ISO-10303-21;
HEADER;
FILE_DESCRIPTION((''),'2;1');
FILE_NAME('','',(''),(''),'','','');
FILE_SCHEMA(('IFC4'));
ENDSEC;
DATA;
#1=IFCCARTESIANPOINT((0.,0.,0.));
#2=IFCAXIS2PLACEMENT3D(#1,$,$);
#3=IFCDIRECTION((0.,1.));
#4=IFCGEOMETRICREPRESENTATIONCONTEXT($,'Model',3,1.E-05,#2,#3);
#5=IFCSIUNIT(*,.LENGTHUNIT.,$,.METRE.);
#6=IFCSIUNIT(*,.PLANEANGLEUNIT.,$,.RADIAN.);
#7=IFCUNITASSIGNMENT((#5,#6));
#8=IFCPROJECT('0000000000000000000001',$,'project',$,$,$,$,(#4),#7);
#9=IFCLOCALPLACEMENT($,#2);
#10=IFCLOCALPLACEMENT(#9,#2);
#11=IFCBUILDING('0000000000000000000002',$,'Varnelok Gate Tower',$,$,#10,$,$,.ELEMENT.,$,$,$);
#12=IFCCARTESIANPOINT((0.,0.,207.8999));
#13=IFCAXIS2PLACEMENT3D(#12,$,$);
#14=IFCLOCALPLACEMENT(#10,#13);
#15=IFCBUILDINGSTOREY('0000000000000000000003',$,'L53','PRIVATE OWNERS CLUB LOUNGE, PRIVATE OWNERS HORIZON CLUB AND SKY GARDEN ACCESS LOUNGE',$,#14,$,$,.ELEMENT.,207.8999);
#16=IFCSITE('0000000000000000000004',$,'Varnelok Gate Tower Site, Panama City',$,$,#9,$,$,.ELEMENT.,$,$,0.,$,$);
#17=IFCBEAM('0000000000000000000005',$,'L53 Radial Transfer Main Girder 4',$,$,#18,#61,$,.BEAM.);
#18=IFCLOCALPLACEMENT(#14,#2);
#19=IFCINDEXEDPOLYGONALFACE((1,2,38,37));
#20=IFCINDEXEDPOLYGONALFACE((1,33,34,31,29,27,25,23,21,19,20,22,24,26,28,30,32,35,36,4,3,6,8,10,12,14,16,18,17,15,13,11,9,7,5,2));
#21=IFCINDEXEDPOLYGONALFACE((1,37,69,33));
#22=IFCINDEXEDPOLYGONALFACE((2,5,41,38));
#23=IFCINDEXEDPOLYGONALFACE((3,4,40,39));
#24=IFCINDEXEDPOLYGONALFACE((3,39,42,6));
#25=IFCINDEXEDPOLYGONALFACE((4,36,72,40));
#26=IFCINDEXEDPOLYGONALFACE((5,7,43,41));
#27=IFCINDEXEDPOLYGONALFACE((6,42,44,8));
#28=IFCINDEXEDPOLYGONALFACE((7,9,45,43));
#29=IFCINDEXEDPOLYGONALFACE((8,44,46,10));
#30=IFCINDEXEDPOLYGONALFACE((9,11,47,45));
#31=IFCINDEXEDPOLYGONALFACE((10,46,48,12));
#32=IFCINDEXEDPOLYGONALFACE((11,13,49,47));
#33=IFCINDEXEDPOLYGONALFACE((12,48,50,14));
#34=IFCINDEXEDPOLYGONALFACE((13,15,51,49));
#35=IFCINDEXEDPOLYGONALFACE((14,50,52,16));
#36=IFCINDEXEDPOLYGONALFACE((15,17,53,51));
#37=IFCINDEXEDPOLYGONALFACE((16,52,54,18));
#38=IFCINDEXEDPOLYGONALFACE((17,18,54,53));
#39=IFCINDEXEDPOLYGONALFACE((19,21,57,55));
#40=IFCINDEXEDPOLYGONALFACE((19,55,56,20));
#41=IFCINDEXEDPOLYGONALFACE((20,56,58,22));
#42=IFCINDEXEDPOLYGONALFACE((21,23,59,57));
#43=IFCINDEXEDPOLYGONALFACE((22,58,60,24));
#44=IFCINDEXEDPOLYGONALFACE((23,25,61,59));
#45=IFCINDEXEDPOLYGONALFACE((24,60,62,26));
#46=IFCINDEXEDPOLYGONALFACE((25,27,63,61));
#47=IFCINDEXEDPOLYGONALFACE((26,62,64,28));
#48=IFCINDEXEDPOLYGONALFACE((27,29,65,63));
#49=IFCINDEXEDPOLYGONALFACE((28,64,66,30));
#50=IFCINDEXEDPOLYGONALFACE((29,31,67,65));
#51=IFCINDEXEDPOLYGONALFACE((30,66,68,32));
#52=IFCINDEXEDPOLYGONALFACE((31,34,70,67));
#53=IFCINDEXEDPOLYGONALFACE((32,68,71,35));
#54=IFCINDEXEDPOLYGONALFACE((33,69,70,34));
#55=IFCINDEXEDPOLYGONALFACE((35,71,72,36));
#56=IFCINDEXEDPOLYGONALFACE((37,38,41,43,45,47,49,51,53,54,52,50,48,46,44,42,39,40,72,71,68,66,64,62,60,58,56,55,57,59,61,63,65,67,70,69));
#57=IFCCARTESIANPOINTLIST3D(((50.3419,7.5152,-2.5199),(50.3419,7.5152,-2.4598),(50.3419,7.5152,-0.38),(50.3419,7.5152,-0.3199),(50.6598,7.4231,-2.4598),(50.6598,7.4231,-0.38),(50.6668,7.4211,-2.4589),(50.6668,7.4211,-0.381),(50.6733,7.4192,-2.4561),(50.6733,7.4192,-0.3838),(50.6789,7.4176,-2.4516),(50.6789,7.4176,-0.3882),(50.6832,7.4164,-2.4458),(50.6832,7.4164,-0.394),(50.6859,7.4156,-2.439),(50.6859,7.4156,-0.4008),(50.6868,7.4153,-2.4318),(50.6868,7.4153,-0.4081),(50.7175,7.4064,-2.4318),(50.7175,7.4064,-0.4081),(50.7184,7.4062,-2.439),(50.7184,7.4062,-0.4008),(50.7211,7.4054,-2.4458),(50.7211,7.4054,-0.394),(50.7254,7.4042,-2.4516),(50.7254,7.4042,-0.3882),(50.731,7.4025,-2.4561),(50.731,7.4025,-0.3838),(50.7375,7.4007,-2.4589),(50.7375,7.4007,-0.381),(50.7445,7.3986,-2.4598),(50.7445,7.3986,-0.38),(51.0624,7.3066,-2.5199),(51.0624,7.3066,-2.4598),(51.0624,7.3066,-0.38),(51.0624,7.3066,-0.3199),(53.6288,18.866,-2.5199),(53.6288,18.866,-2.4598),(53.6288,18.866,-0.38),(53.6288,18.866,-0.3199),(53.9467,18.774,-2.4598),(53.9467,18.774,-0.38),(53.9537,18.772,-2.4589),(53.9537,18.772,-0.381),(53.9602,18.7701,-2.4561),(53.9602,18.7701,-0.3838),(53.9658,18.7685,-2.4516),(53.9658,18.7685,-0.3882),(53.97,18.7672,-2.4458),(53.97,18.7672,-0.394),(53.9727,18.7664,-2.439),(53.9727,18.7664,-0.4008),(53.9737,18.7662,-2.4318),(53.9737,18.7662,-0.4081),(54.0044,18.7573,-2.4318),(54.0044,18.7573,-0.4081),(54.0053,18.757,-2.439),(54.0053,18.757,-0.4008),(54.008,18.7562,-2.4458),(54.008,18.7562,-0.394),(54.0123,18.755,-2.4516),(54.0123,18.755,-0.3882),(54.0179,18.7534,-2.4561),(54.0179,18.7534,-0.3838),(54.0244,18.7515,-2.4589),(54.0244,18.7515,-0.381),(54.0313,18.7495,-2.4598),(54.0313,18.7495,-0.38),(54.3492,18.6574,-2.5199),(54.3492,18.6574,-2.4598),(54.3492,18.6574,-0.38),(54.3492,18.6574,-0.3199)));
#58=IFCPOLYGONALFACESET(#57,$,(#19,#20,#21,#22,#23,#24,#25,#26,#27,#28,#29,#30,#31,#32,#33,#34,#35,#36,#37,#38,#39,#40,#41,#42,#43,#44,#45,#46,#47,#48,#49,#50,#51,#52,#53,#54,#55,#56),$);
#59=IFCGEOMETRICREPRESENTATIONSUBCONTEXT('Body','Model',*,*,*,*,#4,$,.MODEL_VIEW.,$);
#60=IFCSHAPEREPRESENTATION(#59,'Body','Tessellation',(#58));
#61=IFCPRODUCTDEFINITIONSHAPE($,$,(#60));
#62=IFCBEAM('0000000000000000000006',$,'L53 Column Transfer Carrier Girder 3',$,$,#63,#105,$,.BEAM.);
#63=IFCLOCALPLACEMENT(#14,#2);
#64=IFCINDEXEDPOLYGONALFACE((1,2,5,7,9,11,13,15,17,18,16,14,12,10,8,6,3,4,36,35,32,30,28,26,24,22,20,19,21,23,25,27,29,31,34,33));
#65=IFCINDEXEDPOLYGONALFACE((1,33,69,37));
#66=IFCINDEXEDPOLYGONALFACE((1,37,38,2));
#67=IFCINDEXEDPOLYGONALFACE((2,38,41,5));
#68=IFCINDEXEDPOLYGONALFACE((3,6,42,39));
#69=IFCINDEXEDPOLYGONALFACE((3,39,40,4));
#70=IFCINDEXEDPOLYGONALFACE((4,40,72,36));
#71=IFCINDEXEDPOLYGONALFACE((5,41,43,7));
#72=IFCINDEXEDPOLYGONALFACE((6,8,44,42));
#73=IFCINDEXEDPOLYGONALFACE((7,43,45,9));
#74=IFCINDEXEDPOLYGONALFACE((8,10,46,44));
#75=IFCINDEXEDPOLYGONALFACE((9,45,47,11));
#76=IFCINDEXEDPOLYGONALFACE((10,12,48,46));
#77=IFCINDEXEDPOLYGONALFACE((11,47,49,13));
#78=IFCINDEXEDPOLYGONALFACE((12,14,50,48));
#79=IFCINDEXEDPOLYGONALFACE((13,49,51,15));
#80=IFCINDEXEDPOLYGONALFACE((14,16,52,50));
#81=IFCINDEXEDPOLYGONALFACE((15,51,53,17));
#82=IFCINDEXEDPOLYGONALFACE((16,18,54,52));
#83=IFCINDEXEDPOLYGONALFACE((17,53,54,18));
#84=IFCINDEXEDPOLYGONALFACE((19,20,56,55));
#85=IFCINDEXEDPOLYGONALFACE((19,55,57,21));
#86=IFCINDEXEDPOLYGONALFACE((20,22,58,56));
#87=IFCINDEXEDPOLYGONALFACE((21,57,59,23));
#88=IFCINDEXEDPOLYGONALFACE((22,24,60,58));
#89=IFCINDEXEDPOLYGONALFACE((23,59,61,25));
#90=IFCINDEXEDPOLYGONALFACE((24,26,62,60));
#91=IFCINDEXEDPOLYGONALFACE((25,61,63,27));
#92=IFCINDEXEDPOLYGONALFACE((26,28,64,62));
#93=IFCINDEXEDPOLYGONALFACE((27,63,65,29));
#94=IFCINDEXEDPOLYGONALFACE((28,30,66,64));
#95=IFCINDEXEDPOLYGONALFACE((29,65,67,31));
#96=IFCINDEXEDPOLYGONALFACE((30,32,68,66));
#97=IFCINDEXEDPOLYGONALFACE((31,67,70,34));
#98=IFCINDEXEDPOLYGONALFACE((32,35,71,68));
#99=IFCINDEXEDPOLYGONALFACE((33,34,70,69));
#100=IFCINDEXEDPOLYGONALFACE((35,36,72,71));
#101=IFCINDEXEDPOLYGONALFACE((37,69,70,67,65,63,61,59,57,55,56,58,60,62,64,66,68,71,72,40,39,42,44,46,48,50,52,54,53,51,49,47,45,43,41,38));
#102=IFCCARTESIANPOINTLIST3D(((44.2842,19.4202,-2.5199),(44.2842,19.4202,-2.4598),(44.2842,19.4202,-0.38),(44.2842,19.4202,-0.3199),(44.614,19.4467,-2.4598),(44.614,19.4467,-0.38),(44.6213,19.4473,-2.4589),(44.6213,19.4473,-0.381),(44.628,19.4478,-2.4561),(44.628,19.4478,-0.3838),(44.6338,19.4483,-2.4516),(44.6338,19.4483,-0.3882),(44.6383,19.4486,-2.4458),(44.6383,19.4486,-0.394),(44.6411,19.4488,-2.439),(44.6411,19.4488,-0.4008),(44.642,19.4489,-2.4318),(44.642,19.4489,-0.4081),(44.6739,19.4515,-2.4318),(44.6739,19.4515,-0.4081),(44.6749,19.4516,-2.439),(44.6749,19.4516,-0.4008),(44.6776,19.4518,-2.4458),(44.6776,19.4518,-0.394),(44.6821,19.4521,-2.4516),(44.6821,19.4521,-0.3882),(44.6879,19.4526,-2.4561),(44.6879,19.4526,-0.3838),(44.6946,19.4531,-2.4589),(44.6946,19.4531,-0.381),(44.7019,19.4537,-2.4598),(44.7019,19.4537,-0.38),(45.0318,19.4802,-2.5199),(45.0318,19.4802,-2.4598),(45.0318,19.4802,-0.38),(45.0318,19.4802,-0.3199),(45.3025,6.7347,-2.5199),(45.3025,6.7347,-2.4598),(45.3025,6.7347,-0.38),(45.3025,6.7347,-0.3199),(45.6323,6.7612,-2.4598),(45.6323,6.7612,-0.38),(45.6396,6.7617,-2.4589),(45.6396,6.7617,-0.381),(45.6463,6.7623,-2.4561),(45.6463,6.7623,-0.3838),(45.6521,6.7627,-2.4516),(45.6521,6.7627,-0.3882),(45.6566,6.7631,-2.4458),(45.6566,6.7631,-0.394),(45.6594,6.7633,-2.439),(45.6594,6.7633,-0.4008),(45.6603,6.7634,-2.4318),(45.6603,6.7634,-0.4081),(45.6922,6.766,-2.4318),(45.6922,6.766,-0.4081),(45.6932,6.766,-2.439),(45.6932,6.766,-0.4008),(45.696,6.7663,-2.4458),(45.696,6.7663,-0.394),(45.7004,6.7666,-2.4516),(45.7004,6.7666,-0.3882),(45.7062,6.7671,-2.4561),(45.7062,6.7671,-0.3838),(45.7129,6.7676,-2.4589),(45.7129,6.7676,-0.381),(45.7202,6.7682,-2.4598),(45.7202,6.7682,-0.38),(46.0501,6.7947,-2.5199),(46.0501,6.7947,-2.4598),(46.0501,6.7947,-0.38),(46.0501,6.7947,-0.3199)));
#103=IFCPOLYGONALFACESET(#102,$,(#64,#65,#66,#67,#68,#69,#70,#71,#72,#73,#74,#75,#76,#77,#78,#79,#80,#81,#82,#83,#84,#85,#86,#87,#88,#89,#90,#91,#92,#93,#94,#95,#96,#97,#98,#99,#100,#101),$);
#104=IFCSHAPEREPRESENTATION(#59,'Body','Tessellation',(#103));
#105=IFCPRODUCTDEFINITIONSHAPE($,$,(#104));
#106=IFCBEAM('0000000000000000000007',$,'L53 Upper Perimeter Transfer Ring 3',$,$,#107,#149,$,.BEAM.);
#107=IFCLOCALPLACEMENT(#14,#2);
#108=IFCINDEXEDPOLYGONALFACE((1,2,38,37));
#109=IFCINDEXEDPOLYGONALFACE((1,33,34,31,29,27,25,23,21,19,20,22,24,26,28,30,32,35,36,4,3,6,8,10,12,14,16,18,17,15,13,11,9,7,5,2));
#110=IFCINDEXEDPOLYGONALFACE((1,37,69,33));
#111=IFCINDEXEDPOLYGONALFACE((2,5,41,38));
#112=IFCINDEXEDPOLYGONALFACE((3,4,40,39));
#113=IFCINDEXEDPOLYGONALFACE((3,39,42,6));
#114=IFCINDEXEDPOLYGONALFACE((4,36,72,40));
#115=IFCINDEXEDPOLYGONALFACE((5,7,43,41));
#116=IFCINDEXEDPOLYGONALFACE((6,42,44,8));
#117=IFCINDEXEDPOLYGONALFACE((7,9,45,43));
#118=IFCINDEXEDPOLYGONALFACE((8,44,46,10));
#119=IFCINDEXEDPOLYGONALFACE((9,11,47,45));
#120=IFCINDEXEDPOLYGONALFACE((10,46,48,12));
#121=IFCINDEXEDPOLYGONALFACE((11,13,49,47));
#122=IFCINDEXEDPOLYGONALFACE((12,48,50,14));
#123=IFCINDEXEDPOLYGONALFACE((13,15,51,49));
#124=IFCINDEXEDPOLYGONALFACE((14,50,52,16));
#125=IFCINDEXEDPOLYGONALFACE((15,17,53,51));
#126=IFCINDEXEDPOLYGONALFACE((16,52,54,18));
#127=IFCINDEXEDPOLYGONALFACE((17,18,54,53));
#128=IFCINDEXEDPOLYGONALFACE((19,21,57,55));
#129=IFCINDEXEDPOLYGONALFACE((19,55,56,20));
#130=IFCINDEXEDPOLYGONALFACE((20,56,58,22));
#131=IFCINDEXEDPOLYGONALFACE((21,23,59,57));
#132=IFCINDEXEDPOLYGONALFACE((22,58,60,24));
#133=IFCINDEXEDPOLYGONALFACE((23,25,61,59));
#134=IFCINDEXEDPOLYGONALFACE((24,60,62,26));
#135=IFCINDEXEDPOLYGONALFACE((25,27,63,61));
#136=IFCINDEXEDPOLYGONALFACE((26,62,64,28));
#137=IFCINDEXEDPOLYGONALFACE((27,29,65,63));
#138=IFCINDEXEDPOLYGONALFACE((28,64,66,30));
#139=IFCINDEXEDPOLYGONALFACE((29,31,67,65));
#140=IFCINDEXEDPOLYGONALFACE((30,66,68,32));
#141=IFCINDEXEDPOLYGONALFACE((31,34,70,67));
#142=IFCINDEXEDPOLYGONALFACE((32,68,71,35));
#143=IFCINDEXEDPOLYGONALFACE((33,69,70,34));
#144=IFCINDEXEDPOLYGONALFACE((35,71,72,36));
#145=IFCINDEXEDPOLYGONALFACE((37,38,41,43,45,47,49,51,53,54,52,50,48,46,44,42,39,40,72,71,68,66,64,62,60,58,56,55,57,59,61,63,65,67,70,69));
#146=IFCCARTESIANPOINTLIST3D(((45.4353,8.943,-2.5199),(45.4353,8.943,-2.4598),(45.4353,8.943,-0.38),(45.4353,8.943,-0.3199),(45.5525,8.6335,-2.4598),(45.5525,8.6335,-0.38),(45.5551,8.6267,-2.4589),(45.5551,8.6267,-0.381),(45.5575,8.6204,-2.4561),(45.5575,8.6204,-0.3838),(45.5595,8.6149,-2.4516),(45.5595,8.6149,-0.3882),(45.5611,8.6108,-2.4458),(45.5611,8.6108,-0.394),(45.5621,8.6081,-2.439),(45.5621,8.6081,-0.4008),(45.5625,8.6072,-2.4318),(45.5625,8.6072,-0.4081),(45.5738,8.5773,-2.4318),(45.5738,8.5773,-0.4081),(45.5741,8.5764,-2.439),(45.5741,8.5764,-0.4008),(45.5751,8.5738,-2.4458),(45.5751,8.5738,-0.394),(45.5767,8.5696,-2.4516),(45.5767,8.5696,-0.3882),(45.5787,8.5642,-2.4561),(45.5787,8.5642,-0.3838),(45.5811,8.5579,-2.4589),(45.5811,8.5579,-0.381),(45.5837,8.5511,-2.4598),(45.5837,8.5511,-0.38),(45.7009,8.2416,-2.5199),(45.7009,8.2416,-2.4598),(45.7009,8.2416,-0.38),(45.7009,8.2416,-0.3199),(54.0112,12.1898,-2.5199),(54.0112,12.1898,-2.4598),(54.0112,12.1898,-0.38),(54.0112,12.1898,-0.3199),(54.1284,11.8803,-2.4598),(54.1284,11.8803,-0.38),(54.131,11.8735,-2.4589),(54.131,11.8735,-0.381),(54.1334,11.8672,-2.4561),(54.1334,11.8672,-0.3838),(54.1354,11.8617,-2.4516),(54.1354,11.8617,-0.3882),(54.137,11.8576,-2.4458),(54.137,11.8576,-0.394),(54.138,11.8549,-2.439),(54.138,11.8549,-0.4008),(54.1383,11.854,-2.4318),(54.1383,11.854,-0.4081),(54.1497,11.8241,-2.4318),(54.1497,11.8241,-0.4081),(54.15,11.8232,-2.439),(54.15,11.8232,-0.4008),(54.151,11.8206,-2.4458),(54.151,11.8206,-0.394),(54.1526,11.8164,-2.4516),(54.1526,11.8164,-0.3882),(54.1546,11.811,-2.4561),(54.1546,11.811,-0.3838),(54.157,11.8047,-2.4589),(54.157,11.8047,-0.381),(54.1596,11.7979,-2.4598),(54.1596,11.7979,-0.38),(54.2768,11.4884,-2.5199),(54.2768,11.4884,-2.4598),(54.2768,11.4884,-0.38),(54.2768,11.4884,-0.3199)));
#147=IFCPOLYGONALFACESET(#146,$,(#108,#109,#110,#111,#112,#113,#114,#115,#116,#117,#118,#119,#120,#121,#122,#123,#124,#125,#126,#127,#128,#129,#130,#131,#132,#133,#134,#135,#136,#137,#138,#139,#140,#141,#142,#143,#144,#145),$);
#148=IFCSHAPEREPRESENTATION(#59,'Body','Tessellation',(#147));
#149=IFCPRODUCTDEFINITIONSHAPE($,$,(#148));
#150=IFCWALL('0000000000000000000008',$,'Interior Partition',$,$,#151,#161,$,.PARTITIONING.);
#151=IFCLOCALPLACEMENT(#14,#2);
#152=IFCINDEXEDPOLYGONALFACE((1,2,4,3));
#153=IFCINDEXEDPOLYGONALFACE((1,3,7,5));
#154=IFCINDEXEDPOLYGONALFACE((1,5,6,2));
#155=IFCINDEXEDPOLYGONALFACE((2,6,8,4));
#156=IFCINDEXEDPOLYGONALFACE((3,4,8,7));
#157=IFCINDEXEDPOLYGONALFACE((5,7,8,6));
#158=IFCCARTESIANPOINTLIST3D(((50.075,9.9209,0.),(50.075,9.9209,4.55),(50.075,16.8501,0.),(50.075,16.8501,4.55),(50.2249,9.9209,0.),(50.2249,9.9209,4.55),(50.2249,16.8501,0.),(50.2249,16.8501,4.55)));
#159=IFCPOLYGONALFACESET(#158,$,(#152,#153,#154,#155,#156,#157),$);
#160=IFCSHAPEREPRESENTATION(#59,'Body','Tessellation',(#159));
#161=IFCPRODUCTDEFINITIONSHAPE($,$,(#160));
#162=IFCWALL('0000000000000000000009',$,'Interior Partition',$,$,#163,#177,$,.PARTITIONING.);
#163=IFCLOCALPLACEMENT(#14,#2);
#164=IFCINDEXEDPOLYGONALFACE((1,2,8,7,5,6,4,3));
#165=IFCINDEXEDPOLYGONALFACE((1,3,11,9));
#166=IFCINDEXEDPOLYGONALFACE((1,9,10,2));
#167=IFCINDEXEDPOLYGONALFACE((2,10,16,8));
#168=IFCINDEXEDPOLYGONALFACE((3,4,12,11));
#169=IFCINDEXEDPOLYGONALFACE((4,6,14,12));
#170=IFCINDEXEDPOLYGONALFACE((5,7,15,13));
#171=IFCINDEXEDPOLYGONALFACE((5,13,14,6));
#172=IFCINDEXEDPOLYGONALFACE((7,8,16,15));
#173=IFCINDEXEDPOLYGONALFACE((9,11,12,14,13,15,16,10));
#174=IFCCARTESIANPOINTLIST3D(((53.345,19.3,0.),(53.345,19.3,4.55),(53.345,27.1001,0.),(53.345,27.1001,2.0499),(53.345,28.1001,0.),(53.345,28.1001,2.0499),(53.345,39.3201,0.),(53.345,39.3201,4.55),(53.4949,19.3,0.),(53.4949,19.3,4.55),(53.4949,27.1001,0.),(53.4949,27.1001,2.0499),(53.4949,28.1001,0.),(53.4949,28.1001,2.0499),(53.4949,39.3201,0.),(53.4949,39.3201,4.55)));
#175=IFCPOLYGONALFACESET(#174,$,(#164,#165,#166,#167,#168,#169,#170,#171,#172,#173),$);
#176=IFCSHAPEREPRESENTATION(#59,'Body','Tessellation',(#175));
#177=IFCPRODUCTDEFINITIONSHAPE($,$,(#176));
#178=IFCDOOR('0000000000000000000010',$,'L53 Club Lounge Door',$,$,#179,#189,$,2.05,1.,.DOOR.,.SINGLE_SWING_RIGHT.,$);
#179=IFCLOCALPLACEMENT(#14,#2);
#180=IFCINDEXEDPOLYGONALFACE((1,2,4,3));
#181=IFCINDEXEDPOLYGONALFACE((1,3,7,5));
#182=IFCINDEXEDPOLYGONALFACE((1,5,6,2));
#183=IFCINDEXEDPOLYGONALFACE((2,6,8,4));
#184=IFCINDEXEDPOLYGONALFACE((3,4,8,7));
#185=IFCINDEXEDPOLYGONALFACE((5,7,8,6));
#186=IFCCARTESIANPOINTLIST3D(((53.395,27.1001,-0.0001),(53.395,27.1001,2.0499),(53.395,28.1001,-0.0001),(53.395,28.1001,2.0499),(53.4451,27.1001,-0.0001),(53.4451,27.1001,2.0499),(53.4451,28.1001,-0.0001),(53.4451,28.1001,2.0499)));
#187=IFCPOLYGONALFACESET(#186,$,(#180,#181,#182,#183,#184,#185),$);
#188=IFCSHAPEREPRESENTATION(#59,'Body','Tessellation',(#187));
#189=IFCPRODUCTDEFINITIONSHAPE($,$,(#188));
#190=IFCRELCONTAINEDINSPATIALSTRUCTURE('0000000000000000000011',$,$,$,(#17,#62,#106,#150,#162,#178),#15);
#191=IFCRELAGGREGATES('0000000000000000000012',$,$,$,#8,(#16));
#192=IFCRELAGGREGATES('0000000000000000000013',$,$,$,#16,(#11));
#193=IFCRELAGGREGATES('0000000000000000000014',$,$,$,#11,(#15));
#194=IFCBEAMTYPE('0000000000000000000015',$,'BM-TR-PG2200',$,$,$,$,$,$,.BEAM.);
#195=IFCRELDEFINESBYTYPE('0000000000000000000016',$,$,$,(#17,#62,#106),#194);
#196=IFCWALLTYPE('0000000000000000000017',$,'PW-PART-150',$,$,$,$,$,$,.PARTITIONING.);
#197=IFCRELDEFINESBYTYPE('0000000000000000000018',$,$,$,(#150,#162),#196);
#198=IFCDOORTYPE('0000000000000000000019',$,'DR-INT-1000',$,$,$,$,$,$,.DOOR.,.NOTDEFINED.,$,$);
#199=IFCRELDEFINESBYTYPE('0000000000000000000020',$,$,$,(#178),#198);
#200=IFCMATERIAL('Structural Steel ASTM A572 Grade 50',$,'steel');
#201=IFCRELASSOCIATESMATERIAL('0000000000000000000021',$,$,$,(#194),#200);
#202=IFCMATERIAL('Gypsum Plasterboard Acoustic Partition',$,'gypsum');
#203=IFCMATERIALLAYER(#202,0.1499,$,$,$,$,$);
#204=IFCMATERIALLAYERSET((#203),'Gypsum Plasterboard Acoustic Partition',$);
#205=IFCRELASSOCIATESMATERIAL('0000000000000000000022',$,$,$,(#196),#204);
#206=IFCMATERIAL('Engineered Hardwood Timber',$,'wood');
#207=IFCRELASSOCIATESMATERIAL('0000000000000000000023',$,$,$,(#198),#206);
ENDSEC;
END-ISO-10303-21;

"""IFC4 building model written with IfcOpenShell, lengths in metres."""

from ifc_helpers import new_model, si_unit, direction, frame, frame_2d, origin, origin_2d, place, context, subcontext, project, spatial, rectangle, i_section, extrude, material, layer, layer_set, material_profile, profile_set, type_object, element, fill, save


model = new_model("IFC4")

# Units and contexts
model_context = context("Model", 3, precision=1e-05, world=origin(), true_north=direction((0.0, 1.0)))
body_context = subcontext(model_context, "Body", "Model", "MODEL_VIEW")
ifc_project = project(units=[si_unit("LENGTHUNIT", "METRE"), si_unit("PLANEANGLEUNIT", "RADIAN")], contexts=[model_context])

# Site, building, storey
site_placement = place(None, origin())
site = spatial("IfcSite", under=ifc_project, at=site_placement, Name="Varnelok Gate Tower Site, Panama City", CompositionType="ELEMENT", RefElevation=0.0)
building_placement = place(site_placement, origin())
building = spatial("IfcBuilding", under=site, at=building_placement, Name="Varnelok Gate Tower", CompositionType="ELEMENT")
storey_placement = place(building_placement, frame((0.0, 0.0, 207.8999)))
storey = spatial("IfcBuildingStorey", under=building, at=storey_placement, Name="L53", Description="PRIVATE OWNERS CLUB LOUNGE, PRIVATE OWNERS HORIZON CLUB AND SKY GARDEN ACCESS LOUNGE", CompositionType="ELEMENT", Elevation=207.8999)

# Beams
ifc_material_1 = material(Name="Structural Steel ASTM A572 Grade 50", Category="steel")
ifc_material_profile_1 = material_profile(ifc_material_1, i_section(OverallWidth=0.75, OverallDepth=2.2, WebThickness=0.032, FlangeThickness=0.0601, FilletRadius=0.0281, at=origin_2d()), Name="PG2200X750")
ifc_profile_set_1 = profile_set([ifc_material_profile_1], Name="Structural Steel ASTM A572 Grade 50")
beam_type_1 = type_object("IfcBeamType", Name="BM-TR-PG2200", PredefinedType="BEAM", material=ifc_profile_set_1)
beam_1_placement = place(storey_placement, frame((53.989, 18.7617, -1.4199), z_axis=(-0.278144, -0.960539, 0.0), x_axis=(0.960539, -0.278144, 0.0)))
element("IfcBeam", 1, at=beam_1_placement, inside=storey, type_object=beam_type_1, Name="L53 Radial Transfer Main Girder 4", PredefinedType="BEAM", context=body_context, shape_type="SweptSolid", body=[
    extrude(i_section(OverallWidth=0.75, OverallDepth=2.2, WebThickness=0.032, FlangeThickness=0.0601, FilletRadius=0.0281, at=origin_2d()), origin(), (0.0, 0.0, 1.0), 11.8171),
])
beam_2_placement = place(storey_placement, frame((44.658, 19.4502, -1.4199), z_axis=(0.080016, -0.996794, 0.0), x_axis=(0.996794, 0.080016, 0.0)))
element("IfcBeam", 2, at=beam_2_placement, inside=storey, type_object=beam_type_1, Name="L53 Column Transfer Carrier Girder 3", PredefinedType="BEAM", context=body_context, shape_type="SweptSolid", body=[
    extrude(i_section(OverallWidth=0.75, OverallDepth=2.2, WebThickness=0.032, FlangeThickness=0.0601, FilletRadius=0.0281, at=origin_2d()), origin(), (0.0, 0.0, 1.0), 12.7263),
])
beam_3_placement = place(storey_placement, frame((45.5681, 8.5923, -1.4199), z_axis=(0.935218, 0.354071, 0.0), x_axis=(-0.354071, 0.935218, 0.0)))
element("IfcBeam", 3, at=beam_3_placement, inside=storey, type_object=beam_type_1, Name="L53 Upper Perimeter Transfer Ring 3", PredefinedType="BEAM", context=body_context, shape_type="SweptSolid", body=[
    extrude(i_section(OverallWidth=0.75, OverallDepth=2.2, WebThickness=0.032, FlangeThickness=0.0601, FilletRadius=0.0281, at=origin_2d()), origin(), (0.0, 0.0, 1.0), 9.1699),
])

# Wall
ifc_material_2 = material(Name="Gypsum Plasterboard Acoustic Partition", Category="gypsum")
ifc_layer_1 = layer(ifc_material_2, 0.1499)
ifc_layer_set_1 = layer_set([ifc_layer_1], Name="Gypsum Plasterboard Acoustic Partition")
wall_type_1 = type_object("IfcWallType", Name="PW-PART-150", PredefinedType="PARTITIONING", material=ifc_layer_set_1)
wall_1_placement = place(storey_placement, frame((50.1499, 9.9209, 0.0), z_axis=(0.0, 0.0, 1.0), x_axis=(0.0, 1.0, 0.0)))
element("IfcWall", 4, at=wall_1_placement, inside=storey, type_object=wall_type_1, Name="Interior Partition", PredefinedType="PARTITIONING", context=body_context, shape_type="SweptSolid", body=[
    extrude(rectangle(XDim=6.9292, YDim=0.1499, at=frame_2d((3.4646, 0.0))), origin(), (0.0, 0.0, 1.0), 4.55),
])

# Wall, opening, door
wall_2_placement = place(storey_placement, frame((53.4199, 19.3, 0.0), z_axis=(0.0, 0.0, 1.0), x_axis=(0.0, 1.0, 0.0)))
wall_2 = element("IfcWall", 5, at=wall_2_placement, inside=storey, type_object=wall_type_1, Name="Interior Partition", PredefinedType="PARTITIONING", context=body_context, shape_type="SweptSolid", body=[
    extrude(rectangle(XDim=20.02, YDim=0.1499, at=frame_2d((10.01, 0.0))), origin(), (0.0, 0.0, 1.0), 4.55),
])
opening_1_placement = place(wall_2_placement, frame((7.8, 0.0, 0.0)))
opening_1 = element("IfcOpeningElement", 6, at=opening_1_placement, cuts=wall_2, PredefinedType="OPENING", context=body_context, shape_type="SweptSolid", body=[
    extrude(rectangle(XDim=1.0, YDim=2.05, at=frame_2d((0.5, 1.0249))), frame((0.0, 0.085, 0.0), z_axis=(0.0, -1.0, 0.0), x_axis=(1.0, 0.0, 0.0)), (0.0, 0.0, 1.0), 0.1699),
])
ifc_material_3 = material(Name="Engineered Hardwood Timber", Category="wood")
door_type_1 = type_object("IfcDoorType", Name="DR-INT-1000", OperationType="NOTDEFINED", PredefinedType="DOOR", material=ifc_material_3)
door_1_placement = place(opening_1_placement, origin())
door_1 = element("IfcDoor", 7, at=door_1_placement, inside=storey, type_object=door_type_1, Name="L53 Club Lounge Door", OperationType="SINGLE_SWING_RIGHT", OverallHeight=2.05, OverallWidth=1.0, PredefinedType="DOOR", context=body_context, shape_type="SweptSolid", body=[
    extrude(rectangle(XDim=1.0, YDim=2.05, at=frame_2d((0.5, 1.0249))), frame((0.0, 0.0249, 0.0), z_axis=(0.0, -1.0, 0.0), x_axis=(1.0, 0.0, 0.0)), (0.0, 0.0, 1.0), 0.05),
])
fill(opening_1, door_1)

save(model, "model.ifc")
